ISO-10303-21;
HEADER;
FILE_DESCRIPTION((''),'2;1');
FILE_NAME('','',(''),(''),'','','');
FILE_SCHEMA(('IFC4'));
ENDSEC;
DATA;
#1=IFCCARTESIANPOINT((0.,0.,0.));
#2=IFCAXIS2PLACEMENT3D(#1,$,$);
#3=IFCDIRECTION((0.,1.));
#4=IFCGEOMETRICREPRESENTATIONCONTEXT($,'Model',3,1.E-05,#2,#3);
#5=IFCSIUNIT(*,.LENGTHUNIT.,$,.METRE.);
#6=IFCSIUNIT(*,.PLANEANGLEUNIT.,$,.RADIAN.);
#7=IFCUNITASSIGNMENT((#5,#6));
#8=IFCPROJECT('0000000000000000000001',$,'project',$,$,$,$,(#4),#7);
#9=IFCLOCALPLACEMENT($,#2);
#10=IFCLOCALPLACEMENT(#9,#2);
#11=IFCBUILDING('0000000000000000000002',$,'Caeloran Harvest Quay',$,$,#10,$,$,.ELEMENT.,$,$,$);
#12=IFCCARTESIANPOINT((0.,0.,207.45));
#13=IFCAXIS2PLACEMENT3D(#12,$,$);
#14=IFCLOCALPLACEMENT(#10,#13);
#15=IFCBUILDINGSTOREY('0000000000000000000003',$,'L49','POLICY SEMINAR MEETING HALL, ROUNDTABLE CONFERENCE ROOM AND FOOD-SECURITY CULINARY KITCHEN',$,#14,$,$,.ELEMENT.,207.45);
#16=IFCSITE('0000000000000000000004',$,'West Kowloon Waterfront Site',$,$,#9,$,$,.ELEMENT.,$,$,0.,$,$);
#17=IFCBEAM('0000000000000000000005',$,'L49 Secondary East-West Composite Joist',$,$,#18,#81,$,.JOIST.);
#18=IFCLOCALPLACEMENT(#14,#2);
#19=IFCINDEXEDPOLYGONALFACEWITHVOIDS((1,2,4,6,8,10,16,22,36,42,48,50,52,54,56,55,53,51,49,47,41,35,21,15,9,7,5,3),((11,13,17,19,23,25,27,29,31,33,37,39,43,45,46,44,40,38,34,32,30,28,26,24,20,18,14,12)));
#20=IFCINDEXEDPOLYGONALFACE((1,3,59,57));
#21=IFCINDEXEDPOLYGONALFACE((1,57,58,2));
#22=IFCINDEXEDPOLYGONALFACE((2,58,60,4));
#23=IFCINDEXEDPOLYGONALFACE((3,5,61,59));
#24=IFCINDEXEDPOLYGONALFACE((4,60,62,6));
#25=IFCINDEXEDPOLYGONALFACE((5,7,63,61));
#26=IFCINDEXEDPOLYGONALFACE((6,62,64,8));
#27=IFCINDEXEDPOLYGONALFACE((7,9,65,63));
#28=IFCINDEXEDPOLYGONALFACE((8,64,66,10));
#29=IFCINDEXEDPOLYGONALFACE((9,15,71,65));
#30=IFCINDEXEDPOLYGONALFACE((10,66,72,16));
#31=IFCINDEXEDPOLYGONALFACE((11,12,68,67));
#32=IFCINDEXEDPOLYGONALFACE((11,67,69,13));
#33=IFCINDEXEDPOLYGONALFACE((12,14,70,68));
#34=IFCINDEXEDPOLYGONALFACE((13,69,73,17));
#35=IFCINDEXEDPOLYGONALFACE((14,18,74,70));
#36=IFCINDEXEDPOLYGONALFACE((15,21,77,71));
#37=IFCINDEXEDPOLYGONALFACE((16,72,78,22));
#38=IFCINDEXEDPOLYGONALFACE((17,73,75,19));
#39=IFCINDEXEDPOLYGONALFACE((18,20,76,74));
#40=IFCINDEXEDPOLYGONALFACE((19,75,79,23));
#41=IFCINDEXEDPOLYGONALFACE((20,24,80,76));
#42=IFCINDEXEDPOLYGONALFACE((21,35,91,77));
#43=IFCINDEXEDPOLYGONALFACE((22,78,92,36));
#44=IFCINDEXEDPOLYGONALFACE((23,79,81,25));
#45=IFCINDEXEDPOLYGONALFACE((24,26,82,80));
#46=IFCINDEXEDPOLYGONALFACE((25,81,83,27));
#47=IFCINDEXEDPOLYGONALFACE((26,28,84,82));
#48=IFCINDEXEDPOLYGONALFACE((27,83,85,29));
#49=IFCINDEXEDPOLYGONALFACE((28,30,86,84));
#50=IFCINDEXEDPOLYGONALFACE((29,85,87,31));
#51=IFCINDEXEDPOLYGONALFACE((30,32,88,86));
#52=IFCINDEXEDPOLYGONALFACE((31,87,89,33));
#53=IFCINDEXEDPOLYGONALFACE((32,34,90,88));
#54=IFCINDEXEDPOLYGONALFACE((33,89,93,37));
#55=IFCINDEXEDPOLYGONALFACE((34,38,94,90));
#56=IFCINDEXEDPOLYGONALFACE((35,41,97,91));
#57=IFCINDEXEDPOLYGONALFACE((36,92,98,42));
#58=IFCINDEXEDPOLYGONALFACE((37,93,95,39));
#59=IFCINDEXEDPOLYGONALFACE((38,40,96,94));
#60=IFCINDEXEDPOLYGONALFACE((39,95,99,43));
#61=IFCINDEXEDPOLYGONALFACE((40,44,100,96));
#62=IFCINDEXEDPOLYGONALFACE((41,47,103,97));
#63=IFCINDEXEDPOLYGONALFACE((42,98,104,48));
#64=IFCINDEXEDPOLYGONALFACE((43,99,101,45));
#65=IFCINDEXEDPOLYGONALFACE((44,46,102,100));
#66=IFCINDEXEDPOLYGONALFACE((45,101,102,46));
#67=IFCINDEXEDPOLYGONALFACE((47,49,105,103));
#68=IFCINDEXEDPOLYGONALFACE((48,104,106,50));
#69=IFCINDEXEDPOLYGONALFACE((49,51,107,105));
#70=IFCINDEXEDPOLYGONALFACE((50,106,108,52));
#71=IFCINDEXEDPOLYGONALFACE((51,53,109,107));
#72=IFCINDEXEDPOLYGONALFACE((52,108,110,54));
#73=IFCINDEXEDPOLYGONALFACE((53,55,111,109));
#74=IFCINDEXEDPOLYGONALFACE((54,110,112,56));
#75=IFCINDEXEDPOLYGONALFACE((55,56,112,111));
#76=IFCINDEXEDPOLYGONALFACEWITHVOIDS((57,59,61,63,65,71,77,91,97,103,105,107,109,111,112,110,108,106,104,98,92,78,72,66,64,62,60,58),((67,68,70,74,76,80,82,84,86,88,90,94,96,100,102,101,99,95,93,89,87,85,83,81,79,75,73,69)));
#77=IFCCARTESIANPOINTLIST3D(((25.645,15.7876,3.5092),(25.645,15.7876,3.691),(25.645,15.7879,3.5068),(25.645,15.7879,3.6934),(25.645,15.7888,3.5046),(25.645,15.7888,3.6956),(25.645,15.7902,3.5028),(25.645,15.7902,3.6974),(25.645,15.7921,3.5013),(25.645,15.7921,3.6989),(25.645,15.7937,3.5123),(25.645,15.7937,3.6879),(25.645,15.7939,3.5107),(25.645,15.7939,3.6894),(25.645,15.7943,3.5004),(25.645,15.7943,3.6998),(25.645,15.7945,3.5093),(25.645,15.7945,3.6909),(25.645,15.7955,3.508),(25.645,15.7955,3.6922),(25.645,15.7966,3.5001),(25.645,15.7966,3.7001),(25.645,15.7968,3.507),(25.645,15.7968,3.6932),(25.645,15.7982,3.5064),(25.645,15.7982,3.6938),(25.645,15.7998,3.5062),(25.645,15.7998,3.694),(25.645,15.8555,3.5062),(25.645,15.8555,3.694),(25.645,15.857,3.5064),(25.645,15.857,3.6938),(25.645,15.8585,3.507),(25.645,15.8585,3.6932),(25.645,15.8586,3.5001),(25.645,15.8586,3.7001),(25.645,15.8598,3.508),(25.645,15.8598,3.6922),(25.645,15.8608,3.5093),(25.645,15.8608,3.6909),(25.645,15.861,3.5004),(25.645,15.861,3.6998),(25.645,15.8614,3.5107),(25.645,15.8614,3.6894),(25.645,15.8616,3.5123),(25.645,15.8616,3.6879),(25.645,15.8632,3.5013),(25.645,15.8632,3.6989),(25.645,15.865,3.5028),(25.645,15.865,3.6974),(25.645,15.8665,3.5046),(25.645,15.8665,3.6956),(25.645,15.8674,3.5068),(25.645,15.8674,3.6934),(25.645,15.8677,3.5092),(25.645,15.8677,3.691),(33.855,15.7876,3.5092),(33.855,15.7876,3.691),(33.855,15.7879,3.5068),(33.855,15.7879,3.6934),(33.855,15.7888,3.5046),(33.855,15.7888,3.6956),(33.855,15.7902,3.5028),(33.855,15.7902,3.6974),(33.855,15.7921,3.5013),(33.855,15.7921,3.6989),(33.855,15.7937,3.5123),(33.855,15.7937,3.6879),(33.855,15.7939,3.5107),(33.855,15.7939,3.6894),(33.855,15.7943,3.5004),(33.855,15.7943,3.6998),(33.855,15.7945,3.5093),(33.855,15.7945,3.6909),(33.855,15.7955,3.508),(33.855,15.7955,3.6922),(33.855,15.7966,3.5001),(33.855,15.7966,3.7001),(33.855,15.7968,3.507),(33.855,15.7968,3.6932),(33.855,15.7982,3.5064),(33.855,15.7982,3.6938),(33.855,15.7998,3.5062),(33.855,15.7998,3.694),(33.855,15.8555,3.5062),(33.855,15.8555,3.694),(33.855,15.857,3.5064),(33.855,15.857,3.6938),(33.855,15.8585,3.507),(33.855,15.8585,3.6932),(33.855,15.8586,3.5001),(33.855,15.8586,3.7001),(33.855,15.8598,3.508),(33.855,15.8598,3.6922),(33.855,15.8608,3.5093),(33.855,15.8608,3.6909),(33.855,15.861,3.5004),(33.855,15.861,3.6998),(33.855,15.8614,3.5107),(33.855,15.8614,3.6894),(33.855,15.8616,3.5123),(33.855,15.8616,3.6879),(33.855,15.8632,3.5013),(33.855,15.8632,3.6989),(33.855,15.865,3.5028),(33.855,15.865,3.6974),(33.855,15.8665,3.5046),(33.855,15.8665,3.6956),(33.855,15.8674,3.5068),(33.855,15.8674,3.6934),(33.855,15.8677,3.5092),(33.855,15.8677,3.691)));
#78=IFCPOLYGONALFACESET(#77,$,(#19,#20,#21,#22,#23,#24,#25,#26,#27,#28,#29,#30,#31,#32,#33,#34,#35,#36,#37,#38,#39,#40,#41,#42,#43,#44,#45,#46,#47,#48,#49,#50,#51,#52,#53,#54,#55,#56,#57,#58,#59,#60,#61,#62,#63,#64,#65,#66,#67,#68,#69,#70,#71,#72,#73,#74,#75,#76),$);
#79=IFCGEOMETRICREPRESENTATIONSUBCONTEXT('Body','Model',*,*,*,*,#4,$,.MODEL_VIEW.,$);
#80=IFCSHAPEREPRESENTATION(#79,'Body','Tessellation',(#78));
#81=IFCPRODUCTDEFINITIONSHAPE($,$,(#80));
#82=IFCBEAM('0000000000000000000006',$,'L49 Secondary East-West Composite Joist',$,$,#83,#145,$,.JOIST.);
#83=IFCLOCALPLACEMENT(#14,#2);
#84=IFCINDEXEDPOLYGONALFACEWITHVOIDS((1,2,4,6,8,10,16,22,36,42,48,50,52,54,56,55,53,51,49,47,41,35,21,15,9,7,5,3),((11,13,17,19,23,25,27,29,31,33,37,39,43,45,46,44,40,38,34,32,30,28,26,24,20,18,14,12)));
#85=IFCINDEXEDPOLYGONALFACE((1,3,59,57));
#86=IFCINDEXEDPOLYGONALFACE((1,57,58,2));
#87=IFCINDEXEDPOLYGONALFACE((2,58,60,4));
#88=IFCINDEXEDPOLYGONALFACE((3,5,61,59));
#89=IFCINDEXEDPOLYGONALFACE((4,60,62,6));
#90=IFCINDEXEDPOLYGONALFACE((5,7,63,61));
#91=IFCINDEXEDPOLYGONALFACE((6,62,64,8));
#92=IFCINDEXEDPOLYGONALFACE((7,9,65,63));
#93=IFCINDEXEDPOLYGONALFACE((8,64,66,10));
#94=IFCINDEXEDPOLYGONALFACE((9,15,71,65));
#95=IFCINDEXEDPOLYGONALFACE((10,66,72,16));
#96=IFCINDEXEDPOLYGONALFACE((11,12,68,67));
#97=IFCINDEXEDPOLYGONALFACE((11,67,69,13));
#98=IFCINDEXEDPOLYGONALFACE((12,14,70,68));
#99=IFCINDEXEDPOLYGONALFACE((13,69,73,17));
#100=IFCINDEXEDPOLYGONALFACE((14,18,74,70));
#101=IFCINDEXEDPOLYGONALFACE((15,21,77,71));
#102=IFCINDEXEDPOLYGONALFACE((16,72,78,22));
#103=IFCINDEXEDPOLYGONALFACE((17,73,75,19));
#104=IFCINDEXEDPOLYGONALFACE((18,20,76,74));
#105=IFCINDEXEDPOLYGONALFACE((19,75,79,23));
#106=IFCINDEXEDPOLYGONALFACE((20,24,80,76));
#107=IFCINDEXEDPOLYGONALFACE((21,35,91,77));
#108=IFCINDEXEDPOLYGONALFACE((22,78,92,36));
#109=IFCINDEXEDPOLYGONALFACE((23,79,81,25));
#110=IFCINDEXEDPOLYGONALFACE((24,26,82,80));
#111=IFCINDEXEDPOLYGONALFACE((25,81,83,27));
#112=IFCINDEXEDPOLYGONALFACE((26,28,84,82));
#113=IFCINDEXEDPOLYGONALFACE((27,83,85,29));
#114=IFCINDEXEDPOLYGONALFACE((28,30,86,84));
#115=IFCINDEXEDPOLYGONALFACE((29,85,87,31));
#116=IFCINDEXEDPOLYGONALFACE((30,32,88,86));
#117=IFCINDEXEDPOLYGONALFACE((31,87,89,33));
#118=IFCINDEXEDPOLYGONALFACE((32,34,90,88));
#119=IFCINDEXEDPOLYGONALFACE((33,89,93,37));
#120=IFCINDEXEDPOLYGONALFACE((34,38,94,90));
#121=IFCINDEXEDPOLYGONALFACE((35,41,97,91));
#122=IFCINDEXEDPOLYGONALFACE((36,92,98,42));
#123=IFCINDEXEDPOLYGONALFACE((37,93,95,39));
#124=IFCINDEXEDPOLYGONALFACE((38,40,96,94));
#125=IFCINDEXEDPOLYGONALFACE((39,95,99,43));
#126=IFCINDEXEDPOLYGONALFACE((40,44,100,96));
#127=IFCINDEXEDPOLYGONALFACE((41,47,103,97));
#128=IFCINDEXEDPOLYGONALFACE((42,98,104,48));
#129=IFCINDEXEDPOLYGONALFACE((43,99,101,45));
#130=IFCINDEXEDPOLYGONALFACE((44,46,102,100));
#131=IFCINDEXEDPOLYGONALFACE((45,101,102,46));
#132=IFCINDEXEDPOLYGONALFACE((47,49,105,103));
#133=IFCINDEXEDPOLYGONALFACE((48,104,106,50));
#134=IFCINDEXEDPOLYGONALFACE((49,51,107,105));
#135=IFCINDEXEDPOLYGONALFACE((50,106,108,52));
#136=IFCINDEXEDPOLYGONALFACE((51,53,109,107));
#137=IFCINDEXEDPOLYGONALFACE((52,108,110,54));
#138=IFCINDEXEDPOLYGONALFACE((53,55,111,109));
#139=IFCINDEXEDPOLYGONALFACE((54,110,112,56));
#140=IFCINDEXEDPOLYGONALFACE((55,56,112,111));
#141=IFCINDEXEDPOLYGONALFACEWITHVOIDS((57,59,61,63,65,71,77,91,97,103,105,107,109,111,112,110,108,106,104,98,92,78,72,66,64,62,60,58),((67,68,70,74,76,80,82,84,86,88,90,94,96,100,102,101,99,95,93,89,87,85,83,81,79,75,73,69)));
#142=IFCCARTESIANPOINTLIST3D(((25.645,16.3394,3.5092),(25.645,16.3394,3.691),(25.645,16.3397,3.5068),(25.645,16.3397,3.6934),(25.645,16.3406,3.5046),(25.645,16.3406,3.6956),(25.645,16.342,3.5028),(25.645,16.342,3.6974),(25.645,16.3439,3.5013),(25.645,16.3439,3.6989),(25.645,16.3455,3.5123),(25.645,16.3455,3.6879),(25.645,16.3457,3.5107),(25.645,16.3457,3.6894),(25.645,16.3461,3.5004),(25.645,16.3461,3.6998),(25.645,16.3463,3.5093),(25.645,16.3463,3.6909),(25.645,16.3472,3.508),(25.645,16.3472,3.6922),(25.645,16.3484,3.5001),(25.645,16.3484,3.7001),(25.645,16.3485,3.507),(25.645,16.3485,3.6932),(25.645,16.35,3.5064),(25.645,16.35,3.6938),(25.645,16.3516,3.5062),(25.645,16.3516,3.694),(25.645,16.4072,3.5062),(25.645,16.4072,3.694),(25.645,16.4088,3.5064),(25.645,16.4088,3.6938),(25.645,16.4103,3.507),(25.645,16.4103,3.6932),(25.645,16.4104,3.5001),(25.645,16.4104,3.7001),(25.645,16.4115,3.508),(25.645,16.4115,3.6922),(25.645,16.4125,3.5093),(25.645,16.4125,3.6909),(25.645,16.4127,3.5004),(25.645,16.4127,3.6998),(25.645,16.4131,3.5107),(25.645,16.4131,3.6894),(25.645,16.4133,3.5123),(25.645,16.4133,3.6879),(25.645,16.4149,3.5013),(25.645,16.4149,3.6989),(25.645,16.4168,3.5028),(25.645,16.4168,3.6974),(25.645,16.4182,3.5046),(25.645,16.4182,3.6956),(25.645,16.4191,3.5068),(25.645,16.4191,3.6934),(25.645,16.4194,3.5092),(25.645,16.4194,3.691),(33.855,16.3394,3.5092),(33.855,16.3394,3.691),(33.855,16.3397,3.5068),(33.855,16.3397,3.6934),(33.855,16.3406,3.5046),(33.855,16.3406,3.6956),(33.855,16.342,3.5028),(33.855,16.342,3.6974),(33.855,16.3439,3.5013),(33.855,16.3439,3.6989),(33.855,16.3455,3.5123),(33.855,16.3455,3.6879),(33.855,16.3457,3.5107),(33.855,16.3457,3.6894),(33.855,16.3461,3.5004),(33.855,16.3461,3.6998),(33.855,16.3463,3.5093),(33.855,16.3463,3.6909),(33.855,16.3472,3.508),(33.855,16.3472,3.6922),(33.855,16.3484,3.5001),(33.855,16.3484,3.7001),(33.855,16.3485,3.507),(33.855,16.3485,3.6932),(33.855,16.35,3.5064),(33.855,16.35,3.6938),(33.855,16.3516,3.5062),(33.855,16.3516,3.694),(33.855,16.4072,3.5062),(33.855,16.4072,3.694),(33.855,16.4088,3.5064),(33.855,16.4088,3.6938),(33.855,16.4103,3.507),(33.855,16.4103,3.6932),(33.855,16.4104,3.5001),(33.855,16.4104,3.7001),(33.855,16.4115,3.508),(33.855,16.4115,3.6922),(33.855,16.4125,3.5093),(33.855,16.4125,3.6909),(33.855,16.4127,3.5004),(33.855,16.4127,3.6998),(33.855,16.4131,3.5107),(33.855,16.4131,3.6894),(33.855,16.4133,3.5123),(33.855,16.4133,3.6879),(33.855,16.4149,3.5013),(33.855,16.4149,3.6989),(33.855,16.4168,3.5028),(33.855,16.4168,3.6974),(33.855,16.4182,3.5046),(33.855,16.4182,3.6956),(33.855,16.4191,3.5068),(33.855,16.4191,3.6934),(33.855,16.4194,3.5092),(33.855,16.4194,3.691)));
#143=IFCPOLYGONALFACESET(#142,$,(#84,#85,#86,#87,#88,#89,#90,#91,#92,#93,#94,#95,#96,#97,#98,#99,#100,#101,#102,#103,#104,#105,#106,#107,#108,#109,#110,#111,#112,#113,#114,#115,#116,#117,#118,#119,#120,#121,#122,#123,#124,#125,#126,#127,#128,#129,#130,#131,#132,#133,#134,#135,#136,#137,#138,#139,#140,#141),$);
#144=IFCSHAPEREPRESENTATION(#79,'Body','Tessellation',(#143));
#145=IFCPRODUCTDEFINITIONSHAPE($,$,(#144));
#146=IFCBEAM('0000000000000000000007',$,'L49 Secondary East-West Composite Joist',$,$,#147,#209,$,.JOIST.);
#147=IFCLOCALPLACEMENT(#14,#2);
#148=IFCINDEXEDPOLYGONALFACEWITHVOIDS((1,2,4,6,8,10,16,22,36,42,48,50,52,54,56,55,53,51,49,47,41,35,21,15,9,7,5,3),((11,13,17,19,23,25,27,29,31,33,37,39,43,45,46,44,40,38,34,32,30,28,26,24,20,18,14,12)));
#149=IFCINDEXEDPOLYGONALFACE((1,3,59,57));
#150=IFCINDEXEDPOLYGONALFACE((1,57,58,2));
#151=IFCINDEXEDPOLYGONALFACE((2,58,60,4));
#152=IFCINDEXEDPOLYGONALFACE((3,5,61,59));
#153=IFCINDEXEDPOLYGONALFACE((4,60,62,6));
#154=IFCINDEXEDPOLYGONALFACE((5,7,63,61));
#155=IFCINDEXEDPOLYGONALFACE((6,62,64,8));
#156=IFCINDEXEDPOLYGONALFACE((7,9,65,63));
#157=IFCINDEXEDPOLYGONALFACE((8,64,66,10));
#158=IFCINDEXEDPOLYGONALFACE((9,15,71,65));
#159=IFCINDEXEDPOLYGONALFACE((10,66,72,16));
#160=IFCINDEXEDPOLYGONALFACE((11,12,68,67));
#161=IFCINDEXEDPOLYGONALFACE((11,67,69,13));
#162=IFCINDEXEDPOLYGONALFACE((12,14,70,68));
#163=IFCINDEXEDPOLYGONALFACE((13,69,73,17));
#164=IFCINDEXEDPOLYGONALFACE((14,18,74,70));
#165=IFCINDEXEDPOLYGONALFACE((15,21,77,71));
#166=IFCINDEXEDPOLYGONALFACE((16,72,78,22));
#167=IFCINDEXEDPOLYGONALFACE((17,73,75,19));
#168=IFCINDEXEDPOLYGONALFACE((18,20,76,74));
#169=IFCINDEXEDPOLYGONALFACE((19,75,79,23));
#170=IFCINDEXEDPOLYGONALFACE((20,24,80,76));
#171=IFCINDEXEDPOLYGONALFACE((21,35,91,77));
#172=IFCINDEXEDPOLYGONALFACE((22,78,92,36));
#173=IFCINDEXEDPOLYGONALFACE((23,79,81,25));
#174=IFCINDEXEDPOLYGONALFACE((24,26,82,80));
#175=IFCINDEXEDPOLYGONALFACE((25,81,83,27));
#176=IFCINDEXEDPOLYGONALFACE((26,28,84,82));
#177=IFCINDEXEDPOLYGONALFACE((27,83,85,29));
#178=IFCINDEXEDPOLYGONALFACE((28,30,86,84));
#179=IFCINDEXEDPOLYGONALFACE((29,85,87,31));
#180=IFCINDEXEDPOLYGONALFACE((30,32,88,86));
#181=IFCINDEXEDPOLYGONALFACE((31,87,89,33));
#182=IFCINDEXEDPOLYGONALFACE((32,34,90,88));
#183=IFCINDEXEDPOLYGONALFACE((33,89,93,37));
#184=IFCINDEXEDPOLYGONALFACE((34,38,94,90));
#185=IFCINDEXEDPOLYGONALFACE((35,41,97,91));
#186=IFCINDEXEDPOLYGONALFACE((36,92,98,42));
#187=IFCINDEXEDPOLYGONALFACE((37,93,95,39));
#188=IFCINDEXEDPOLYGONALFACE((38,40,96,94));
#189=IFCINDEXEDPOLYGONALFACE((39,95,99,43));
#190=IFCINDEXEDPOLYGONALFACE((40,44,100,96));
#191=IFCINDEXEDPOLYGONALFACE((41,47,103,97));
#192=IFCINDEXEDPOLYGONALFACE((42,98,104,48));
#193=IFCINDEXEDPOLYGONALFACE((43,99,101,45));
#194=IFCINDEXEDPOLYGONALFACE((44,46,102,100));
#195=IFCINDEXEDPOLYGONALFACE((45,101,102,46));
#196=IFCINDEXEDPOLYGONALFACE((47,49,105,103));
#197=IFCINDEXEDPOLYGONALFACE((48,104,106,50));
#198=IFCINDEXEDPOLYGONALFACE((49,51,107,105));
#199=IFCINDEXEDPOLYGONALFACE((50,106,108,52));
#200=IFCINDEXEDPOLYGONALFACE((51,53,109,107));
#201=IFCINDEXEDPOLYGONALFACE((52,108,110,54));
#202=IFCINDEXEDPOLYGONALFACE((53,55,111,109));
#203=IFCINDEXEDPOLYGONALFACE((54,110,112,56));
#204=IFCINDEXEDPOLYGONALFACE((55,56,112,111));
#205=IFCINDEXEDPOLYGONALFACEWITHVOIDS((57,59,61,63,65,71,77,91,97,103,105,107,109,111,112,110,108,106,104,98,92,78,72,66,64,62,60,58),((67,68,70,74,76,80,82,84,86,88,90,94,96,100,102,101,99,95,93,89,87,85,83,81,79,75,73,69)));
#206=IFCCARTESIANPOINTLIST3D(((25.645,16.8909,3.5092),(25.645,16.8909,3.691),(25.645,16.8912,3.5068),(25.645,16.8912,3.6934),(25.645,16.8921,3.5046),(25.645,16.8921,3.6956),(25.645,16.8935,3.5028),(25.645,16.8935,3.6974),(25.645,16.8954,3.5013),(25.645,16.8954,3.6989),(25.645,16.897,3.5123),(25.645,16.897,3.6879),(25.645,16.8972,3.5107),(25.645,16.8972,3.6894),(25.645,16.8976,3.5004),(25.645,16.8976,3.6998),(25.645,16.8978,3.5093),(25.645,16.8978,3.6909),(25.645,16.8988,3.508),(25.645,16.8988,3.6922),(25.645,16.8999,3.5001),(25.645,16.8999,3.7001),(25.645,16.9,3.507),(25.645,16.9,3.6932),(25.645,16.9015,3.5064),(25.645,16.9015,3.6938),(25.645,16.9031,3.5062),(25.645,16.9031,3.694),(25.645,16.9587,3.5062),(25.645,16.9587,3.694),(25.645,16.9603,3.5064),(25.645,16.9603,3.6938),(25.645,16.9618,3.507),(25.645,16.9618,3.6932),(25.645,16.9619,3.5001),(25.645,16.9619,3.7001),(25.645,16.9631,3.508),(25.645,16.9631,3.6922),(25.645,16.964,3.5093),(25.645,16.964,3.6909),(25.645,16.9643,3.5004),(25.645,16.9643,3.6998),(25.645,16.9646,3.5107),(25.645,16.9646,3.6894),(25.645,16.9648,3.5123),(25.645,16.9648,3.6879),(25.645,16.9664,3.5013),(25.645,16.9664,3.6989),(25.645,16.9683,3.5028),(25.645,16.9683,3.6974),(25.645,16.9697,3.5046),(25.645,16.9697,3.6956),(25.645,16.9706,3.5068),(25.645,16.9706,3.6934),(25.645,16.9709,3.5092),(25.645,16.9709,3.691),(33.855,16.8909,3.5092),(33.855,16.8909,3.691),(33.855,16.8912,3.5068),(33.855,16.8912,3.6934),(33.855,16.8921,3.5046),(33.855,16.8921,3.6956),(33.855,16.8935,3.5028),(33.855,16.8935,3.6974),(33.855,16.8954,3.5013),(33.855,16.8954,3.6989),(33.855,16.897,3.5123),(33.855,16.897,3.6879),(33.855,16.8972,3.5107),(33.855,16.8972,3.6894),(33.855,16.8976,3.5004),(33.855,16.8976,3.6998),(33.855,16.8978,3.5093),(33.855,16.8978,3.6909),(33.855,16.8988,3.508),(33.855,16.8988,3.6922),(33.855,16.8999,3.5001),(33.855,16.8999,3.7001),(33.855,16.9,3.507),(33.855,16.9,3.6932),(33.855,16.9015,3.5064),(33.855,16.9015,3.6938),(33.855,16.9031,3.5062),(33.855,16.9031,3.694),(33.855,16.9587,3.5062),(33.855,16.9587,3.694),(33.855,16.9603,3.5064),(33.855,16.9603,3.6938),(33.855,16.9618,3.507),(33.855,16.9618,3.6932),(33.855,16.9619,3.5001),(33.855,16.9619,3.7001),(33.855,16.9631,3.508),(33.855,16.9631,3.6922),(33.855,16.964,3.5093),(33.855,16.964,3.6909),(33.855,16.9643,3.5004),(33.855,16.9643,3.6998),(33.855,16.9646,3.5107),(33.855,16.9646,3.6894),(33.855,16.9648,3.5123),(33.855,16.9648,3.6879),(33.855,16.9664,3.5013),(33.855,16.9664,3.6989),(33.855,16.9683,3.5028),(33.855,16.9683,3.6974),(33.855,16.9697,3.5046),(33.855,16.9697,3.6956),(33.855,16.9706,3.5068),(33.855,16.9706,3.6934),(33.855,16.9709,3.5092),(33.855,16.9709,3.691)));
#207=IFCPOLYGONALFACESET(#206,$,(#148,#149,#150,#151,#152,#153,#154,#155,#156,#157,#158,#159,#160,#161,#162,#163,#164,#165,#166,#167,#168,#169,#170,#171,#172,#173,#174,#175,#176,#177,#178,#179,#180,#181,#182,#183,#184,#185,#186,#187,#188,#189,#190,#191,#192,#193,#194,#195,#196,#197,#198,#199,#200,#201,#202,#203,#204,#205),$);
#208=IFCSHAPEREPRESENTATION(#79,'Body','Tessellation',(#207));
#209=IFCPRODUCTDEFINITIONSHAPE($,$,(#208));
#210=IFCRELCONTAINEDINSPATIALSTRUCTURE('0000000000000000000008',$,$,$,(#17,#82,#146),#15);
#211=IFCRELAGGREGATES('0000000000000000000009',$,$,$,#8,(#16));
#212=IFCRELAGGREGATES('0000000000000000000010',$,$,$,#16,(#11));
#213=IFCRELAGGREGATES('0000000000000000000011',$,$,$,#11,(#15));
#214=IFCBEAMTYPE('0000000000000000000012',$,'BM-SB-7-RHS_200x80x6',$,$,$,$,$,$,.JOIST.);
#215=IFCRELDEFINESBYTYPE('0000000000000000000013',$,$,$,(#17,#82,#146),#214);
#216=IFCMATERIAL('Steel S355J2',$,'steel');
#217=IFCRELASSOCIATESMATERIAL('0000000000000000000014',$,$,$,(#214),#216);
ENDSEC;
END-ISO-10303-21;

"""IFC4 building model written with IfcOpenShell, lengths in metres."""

from ifc_helpers import new_model, si_unit, direction, frame, origin, origin_2d, place, context, subcontext, project, spatial, hollow_rectangle, extrude, material, material_profile, profile_set, type_object, element, save


model = new_model("IFC4")

# Units and contexts
model_context = context("Model", 3, precision=1e-05, world=origin(), true_north=direction((0.0, 1.0)))
body_context = subcontext(model_context, "Body", "Model", "MODEL_VIEW")
ifc_project = project(units=[si_unit("LENGTHUNIT", "METRE"), si_unit("PLANEANGLEUNIT", "RADIAN")], contexts=[model_context])

# Site, building, storey
site_placement = place(None, origin())
site = spatial("IfcSite", under=ifc_project, at=site_placement, Name="West Kowloon Waterfront Site", CompositionType="ELEMENT", RefElevation=0.0)
building_placement = place(site_placement, origin())
building = spatial("IfcBuilding", under=site, at=building_placement, Name="Caeloran Harvest Quay", CompositionType="ELEMENT")
storey_placement = place(building_placement, frame((0.0, 0.0, 207.45)))
storey = spatial("IfcBuildingStorey", under=building, at=storey_placement, Name="L49", Description="POLICY SEMINAR MEETING HALL, ROUNDTABLE CONFERENCE ROOM AND FOOD-SECURITY CULINARY KITCHEN", CompositionType="ELEMENT", Elevation=207.45)

# Beams
ifc_material_1 = material(Name="Steel S355J2", Category="steel")
ifc_material_profile_1 = material_profile(ifc_material_1, hollow_rectangle(XDim=0.0801, YDim=0.2, WallThickness=0.0061, InnerFilletRadius=0.0061, OuterFilletRadius=0.009, at=origin_2d()), Name="RHS 200x80x6")
ifc_profile_set_1 = profile_set([ifc_material_profile_1], Name="Steel S355J2")
beam_type_1 = type_object("IfcBeamType", Name="BM-SB-7-RHS_200x80x6", PredefinedType="JOIST", material=ifc_profile_set_1)
for number, where, z_axis, x_axis, name in (
    (1, (25.645, 15.8276, 3.6001), (1.0, 0.0, 0.0), (0.0, 1.0, 0.0), "L49 Secondary East-West Composite Joist"),
    (2, (25.645, 16.3794, 3.6001), (1.0, 0.0, 0.0), (0.0, 1.0, 0.0), "L49 Secondary East-West Composite Joist"),
    (3, (25.645, 16.9309, 3.6001), (1.0, 0.0, 0.0), (0.0, 1.0, 0.0), "L49 Secondary East-West Composite Joist"),
):
    element("IfcBeam", number, at=place(storey_placement, frame(where, z_axis=z_axis, x_axis=x_axis)), inside=storey, type_object=beam_type_1, Name=name, PredefinedType="JOIST", context=body_context, shape_type="SweptSolid", body=[
        extrude(hollow_rectangle(XDim=0.0801, YDim=0.2, WallThickness=0.0061, InnerFilletRadius=0.0061, OuterFilletRadius=0.009, at=origin_2d()), origin(), (0.0, 0.0, 1.0), 8.21),
    ])

save(model, "model.ifc")
